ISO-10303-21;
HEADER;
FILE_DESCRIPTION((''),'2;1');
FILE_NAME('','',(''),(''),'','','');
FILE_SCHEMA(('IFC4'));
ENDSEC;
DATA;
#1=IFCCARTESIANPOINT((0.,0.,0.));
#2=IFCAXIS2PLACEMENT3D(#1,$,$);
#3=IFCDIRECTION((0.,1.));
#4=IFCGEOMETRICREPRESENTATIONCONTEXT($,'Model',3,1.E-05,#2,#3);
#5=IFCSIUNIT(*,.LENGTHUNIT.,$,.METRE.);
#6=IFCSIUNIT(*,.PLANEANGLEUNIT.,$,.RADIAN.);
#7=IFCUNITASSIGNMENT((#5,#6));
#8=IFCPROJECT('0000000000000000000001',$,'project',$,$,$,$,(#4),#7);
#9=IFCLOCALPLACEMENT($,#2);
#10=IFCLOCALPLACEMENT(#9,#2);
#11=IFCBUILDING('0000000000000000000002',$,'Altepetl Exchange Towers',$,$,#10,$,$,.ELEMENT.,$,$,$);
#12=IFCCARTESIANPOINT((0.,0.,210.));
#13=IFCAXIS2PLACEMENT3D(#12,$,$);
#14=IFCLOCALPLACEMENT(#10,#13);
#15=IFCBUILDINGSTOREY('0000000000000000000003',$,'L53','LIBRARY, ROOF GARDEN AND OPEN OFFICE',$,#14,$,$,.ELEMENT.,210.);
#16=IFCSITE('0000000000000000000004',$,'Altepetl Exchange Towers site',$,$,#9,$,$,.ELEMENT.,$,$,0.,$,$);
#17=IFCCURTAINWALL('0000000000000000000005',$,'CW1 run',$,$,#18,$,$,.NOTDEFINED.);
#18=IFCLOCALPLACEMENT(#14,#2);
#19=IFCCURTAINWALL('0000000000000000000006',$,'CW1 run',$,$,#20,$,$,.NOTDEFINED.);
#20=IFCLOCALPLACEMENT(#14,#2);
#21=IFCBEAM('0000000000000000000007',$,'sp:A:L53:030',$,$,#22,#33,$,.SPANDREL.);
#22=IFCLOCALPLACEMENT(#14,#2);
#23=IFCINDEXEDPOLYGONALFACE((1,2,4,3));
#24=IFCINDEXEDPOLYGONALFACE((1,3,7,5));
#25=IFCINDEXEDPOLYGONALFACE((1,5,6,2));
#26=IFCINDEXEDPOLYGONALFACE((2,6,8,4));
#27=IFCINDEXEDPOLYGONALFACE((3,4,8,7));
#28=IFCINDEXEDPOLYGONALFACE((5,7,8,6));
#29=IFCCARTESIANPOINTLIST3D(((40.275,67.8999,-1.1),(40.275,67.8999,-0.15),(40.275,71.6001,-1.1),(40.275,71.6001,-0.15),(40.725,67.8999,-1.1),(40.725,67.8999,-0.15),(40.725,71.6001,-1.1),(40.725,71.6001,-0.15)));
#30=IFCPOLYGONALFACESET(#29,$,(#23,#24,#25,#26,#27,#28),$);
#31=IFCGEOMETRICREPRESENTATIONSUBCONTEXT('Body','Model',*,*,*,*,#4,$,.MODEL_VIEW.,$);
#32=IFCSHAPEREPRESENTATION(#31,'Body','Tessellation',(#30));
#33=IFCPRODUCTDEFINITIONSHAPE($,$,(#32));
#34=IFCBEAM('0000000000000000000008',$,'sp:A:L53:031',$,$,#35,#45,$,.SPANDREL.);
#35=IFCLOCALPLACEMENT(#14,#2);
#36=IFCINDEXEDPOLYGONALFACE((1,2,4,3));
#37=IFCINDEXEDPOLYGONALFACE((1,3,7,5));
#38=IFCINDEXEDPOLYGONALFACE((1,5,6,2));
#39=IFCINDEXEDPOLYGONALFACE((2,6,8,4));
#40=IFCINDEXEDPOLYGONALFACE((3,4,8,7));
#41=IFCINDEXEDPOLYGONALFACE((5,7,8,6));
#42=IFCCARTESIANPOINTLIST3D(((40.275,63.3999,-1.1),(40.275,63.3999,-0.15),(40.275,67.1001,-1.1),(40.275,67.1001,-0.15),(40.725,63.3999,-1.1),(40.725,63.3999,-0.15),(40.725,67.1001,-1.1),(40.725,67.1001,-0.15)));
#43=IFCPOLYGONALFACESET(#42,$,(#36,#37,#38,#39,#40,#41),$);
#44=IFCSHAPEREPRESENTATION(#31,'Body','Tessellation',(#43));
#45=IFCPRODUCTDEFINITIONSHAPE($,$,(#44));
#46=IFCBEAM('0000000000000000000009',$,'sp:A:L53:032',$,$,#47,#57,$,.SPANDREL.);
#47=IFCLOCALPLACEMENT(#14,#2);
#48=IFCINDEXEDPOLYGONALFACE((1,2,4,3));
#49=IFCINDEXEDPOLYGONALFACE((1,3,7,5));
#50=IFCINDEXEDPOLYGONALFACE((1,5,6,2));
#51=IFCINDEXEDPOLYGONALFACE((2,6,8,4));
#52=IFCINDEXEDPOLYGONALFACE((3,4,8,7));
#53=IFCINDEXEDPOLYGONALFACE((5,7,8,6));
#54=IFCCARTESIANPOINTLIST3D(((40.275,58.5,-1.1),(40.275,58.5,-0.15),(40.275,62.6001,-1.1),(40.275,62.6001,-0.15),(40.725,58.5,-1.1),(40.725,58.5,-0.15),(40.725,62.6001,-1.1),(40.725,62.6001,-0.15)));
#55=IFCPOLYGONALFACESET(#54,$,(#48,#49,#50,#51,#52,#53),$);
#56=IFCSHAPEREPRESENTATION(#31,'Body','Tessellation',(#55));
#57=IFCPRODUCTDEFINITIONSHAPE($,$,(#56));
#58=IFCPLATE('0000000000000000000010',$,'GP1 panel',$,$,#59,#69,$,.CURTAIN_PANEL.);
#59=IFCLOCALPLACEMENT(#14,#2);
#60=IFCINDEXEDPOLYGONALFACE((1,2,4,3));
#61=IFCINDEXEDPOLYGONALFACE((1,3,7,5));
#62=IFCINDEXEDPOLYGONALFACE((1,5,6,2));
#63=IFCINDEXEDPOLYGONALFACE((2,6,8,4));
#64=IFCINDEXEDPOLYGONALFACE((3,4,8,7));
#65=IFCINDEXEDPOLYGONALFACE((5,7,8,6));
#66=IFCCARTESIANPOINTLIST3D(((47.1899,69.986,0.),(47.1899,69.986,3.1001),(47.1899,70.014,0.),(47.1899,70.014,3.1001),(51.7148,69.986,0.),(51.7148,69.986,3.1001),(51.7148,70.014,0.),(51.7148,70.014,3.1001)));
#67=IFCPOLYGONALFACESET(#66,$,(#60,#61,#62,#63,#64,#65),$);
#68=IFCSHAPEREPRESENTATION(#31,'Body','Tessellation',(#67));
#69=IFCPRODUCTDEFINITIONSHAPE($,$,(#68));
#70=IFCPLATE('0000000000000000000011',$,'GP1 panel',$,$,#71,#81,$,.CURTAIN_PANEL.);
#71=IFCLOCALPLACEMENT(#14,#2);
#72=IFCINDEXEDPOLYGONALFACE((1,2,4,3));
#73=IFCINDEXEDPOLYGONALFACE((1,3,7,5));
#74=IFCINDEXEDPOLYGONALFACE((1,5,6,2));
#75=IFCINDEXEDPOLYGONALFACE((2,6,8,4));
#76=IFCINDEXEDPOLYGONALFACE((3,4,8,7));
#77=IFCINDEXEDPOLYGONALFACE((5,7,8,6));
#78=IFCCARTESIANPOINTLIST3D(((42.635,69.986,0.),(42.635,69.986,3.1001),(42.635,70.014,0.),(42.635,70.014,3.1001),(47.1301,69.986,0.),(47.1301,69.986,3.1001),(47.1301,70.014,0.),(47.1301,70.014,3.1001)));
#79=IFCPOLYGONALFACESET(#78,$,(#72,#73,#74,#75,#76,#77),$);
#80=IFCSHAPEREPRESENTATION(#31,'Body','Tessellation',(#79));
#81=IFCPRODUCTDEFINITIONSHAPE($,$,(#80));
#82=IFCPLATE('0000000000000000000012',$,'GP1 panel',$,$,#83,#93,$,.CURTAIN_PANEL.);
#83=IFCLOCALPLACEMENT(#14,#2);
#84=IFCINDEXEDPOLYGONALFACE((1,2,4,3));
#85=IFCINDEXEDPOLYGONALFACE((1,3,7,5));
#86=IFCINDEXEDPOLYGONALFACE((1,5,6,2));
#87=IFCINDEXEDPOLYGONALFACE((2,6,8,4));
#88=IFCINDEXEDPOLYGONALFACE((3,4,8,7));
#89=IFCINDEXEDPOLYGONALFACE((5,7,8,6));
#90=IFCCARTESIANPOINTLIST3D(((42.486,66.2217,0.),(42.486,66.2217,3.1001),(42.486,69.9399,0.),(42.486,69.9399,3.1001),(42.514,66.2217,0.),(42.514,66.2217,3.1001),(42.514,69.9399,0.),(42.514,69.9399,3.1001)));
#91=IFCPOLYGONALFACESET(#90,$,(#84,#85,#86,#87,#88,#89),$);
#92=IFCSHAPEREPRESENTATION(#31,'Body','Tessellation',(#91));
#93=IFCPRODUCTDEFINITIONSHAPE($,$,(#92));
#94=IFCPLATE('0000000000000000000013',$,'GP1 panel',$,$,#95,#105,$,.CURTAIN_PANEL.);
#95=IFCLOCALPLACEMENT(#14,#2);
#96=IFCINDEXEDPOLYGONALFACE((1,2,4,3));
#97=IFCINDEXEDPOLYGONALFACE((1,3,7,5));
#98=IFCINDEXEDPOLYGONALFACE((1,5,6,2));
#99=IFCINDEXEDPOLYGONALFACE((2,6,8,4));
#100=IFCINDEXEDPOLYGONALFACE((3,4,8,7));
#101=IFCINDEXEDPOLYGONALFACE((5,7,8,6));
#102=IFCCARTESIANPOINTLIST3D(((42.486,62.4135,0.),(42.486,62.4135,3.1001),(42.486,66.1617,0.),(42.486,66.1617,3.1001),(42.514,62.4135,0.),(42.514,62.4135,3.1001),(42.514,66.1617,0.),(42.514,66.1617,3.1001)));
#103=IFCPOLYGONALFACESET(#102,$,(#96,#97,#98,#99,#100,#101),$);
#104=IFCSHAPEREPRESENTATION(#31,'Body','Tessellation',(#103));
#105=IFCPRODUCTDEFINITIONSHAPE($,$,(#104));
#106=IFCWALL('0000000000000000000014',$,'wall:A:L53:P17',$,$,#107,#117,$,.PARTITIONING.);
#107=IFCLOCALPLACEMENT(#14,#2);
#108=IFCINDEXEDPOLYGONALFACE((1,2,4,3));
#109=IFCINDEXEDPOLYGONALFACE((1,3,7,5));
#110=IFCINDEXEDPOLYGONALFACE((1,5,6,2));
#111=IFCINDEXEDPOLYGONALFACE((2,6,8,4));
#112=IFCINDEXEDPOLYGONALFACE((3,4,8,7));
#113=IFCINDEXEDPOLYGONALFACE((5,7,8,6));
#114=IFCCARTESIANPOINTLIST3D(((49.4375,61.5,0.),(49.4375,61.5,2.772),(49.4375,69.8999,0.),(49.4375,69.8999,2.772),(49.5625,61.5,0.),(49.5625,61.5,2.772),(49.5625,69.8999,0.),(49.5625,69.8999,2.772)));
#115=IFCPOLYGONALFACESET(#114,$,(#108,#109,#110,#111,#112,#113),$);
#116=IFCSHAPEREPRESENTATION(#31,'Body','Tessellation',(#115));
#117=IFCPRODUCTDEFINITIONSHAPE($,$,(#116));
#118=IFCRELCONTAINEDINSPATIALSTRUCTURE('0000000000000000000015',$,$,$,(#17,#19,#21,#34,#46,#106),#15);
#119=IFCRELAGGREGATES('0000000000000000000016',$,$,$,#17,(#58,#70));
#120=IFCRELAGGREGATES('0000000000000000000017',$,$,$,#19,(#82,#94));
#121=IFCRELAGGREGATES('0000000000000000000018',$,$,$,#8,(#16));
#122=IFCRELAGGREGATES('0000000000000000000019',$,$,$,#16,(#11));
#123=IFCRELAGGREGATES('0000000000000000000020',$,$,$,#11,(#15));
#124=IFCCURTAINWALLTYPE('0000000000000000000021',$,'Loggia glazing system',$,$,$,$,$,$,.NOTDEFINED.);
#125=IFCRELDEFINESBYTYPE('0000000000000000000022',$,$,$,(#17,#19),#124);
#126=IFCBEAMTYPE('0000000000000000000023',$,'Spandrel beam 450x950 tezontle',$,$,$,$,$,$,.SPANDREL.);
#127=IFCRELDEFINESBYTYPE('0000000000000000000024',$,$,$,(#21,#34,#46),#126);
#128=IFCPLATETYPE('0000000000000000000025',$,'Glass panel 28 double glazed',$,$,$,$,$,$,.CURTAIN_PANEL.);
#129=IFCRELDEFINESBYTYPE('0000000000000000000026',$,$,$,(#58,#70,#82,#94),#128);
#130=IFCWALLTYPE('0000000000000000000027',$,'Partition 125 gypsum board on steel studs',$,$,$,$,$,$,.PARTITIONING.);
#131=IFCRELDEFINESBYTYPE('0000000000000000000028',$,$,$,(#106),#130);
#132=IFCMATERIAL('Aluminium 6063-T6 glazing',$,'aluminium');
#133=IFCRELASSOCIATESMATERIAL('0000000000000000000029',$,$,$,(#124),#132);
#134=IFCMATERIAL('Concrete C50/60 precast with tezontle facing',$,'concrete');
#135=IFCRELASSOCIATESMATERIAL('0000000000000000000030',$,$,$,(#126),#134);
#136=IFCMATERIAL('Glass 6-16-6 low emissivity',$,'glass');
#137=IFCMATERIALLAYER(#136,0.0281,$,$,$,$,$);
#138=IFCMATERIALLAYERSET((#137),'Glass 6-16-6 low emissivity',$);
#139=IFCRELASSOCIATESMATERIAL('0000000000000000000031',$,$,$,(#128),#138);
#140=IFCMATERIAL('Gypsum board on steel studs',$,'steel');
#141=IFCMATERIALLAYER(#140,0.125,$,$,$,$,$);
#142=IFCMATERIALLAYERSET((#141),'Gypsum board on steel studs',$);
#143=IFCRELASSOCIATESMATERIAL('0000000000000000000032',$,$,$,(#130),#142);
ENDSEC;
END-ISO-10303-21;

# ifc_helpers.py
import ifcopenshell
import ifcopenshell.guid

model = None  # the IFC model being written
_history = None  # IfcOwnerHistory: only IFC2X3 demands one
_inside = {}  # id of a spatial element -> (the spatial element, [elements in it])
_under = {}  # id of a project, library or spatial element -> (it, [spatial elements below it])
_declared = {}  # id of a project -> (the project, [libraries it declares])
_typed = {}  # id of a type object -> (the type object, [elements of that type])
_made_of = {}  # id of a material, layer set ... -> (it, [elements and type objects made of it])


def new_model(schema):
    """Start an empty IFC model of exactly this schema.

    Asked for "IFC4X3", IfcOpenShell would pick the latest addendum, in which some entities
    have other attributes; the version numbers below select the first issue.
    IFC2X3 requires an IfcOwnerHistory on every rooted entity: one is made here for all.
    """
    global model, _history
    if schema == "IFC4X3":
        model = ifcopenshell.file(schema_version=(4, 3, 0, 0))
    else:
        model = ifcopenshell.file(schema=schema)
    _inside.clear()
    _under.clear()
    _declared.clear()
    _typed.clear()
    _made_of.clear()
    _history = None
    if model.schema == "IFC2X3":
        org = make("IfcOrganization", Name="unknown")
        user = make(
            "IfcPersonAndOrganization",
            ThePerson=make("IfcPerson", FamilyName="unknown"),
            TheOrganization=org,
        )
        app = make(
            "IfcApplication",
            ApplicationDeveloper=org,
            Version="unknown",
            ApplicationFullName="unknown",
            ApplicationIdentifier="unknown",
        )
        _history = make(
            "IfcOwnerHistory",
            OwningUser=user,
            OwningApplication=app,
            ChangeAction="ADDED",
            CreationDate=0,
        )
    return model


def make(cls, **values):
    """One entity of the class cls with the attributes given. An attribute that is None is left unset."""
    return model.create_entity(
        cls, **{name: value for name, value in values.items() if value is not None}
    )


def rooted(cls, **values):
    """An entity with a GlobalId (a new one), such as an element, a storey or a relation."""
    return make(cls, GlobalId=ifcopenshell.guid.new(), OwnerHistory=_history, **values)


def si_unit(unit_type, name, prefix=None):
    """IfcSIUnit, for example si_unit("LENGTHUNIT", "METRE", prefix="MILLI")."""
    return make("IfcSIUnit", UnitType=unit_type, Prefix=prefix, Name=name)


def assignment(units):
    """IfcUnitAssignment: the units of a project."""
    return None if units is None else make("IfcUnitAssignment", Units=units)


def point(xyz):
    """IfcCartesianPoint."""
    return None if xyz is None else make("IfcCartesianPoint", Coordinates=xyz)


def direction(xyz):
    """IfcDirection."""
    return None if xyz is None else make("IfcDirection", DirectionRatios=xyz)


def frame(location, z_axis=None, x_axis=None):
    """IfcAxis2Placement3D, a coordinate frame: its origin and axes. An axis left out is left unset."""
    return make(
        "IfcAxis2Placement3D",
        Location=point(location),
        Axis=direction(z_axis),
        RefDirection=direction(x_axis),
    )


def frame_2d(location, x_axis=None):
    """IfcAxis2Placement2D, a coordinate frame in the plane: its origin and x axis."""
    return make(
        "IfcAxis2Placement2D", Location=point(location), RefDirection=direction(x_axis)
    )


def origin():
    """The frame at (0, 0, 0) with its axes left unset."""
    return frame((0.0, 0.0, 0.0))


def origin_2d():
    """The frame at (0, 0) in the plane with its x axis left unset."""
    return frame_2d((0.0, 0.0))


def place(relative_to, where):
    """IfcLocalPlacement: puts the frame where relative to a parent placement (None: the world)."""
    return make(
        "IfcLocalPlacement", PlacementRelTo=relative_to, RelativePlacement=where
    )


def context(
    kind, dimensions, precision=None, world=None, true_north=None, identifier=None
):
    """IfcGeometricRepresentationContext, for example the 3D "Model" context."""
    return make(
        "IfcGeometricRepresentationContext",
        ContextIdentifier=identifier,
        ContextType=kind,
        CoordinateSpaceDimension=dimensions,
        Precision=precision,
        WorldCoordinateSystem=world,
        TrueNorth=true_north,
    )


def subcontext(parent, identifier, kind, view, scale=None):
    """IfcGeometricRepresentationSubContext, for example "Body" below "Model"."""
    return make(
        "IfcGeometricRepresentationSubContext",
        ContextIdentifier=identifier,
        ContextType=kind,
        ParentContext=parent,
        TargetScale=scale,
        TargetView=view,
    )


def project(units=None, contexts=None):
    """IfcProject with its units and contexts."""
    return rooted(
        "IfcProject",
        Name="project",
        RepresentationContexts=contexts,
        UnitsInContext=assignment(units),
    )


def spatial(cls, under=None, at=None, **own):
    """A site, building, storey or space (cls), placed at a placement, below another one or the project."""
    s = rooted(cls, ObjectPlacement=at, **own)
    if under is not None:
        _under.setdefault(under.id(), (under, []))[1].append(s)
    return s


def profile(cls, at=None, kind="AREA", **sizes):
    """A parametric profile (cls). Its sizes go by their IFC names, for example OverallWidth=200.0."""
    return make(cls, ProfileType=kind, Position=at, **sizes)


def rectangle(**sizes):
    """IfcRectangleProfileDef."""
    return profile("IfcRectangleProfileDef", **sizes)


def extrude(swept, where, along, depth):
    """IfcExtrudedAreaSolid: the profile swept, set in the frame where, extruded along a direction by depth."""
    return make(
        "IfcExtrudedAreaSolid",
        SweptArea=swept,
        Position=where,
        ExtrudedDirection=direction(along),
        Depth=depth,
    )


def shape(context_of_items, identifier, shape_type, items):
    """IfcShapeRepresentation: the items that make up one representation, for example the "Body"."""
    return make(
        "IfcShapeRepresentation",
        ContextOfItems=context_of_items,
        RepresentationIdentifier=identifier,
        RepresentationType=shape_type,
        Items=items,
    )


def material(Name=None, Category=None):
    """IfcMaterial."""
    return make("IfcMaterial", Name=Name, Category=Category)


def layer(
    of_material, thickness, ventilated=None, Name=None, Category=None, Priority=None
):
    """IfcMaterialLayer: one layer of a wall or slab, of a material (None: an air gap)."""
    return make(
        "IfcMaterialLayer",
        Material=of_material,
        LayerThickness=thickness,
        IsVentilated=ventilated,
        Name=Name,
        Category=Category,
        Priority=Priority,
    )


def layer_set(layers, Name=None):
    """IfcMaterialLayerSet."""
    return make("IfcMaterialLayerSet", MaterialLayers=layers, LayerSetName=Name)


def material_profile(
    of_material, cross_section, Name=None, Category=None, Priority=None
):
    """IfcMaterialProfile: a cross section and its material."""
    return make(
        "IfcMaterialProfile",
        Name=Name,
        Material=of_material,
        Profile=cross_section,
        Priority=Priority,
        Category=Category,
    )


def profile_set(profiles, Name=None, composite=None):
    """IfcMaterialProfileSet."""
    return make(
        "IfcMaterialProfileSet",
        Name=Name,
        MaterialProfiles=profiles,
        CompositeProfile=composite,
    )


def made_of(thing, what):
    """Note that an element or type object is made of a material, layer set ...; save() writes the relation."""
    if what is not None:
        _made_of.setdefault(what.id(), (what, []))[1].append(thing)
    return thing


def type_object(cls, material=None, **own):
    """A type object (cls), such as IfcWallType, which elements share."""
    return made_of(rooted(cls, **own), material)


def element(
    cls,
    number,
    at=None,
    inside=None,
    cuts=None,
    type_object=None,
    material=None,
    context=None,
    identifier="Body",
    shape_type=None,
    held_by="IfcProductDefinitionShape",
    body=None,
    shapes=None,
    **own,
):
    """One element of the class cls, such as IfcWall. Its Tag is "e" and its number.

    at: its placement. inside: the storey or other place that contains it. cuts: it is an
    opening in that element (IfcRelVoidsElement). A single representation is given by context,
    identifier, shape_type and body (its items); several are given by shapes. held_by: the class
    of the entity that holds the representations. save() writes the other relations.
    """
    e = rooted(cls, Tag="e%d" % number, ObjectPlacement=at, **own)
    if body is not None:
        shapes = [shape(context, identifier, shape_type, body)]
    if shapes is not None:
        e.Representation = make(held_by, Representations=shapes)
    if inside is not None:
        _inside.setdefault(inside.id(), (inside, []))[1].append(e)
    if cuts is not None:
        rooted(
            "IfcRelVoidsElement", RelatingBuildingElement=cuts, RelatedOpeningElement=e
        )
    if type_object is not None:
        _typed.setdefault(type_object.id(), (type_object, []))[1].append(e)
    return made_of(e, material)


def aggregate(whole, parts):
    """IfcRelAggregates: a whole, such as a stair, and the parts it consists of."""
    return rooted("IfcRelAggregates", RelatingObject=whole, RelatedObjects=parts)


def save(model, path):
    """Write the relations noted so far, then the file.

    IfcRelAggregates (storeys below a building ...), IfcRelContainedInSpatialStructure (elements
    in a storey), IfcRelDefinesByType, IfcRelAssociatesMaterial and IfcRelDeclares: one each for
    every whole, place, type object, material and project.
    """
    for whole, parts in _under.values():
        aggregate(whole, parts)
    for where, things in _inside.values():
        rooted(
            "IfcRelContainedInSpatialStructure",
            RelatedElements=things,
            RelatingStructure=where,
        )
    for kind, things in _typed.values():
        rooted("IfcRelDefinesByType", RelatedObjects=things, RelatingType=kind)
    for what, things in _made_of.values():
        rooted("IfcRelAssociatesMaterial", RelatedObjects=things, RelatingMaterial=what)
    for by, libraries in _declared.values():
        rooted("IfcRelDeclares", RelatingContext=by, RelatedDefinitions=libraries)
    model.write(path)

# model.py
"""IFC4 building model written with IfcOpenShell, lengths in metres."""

from ifc_helpers import new_model, si_unit, direction, frame, frame_2d, origin, origin_2d, place, context, subcontext, project, spatial, rectangle, extrude, material, layer, layer_set, material_profile, profile_set, type_object, element, aggregate, save


model = new_model("IFC4")

# Units and contexts
model_context = context("Model", 3, precision=1e-05, world=origin(), true_north=direction((0.0, 1.0)))
body_context = subcontext(model_context, "Body", "Model", "MODEL_VIEW")
ifc_project = project(units=[si_unit("LENGTHUNIT", "METRE"), si_unit("PLANEANGLEUNIT", "RADIAN")], contexts=[model_context])

# Site, building, storey
site_placement = place(None, origin())
site = spatial("IfcSite", under=ifc_project, at=site_placement, Name="Altepetl Exchange Towers site", CompositionType="ELEMENT", RefElevation=0.0)
building_placement = place(site_placement, origin())
building = spatial("IfcBuilding", under=site, at=building_placement, Name="Altepetl Exchange Towers", CompositionType="ELEMENT")
storey_placement = place(building_placement, frame((0.0, 0.0, 210.0)))
storey = spatial("IfcBuildingStorey", under=building, at=storey_placement, Name="L53", Description="LIBRARY, ROOF GARDEN AND OPEN OFFICE", CompositionType="ELEMENT", Elevation=210.0)

# Curtain walls
ifc_material_1 = material(Name="Aluminium 6063-T6 glazing", Category="aluminium")
curtain_wall_type = type_object("IfcCurtainWallType", Name="Loggia glazing system", PredefinedType="NOTDEFINED", material=ifc_material_1)
curtain_wall_1_placement = place(storey_placement, origin())
curtain_wall_1 = element("IfcCurtainWall", 1, at=curtain_wall_1_placement, inside=storey, type_object=curtain_wall_type, Name="CW1 run", PredefinedType="NOTDEFINED")
curtain_wall_2_placement = place(storey_placement, origin())
curtain_wall_2 = element("IfcCurtainWall", 2, at=curtain_wall_2_placement, inside=storey, type_object=curtain_wall_type, Name="CW1 run", PredefinedType="NOTDEFINED")

# Beams
ifc_material_2 = material(Name="Concrete C50/60 precast with tezontle facing", Category="concrete")
ifc_material_profile_1 = material_profile(ifc_material_2, rectangle(XDim=0.45, YDim=0.95, at=origin_2d()), Name="450 x 950")
ifc_profile_set_1 = profile_set([ifc_material_profile_1], Name="Concrete C50/60 precast with tezontle facing")
beam_type_1 = type_object("IfcBeamType", Name="Spandrel beam 450x950 tezontle", PredefinedType="SPANDREL", material=ifc_profile_set_1)
for number, where, z_axis, x_axis, name in (
    (3, (40.5, 71.6001, -0.625), (0.0, -1.0, 0.0), (1.0, 0.0, 0.0), "sp:A:L53:030"),
    (4, (40.5, 67.1001, -0.625), (0.0, -1.0, 0.0), (1.0, 0.0, 0.0), "sp:A:L53:031"),
):
    element("IfcBeam", number, at=place(storey_placement, frame(where, z_axis=z_axis, x_axis=x_axis)), inside=storey, type_object=beam_type_1, Name=name, PredefinedType="SPANDREL", context=body_context, shape_type="SweptSolid", body=[
        extrude(rectangle(XDim=0.45, YDim=0.95, at=origin_2d()), origin(), (0.0, 0.0, 1.0), 3.7002),
    ])
beam_placement = place(storey_placement, frame((40.5, 62.6001, -0.625), z_axis=(0.0, -1.0, 0.0), x_axis=(1.0, 0.0, 0.0)))
element("IfcBeam", 5, at=beam_placement, inside=storey, type_object=beam_type_1, Name="sp:A:L53:032", PredefinedType="SPANDREL", context=body_context, shape_type="SweptSolid", body=[
    extrude(rectangle(XDim=0.45, YDim=0.95, at=origin_2d()), origin(), (0.0, 0.0, 1.0), 4.1001),
])

# Plates
ifc_material_3 = material(Name="Glass 6-16-6 low emissivity", Category="glass")
ifc_layer_1 = layer(ifc_material_3, 0.0281)
ifc_layer_set_1 = layer_set([ifc_layer_1], Name="Glass 6-16-6 low emissivity")
plate_type = type_object("IfcPlateType", Name="Glass panel 28 double glazed", PredefinedType="CURTAIN_PANEL", material=ifc_layer_set_1)
plate_1_placement = place(storey_placement, frame((49.4524, 70.0, 0.0), z_axis=(0.0, 0.0, 1.0), x_axis=(-1.0, 0.0, 0.0)))
plate_1 = element("IfcPlate", 6, at=plate_1_placement, type_object=plate_type, Name="GP1 panel", PredefinedType="CURTAIN_PANEL", context=body_context, shape_type="SweptSolid", body=[
    extrude(rectangle(XDim=4.5249, YDim=0.0281, at=origin_2d()), origin(), (0.0, 0.0, 1.0), 3.1001),
])
plate_2_placement = place(storey_placement, frame((44.8826, 70.0, 0.0), z_axis=(0.0, 0.0, 1.0), x_axis=(-1.0, 0.0, 0.0)))
plate_2 = element("IfcPlate", 7, at=plate_2_placement, type_object=plate_type, Name="GP1 panel", PredefinedType="CURTAIN_PANEL", context=body_context, shape_type="SweptSolid", body=[
    extrude(rectangle(XDim=4.4951, YDim=0.0281, at=origin_2d()), origin(), (0.0, 0.0, 1.0), 3.1001),
])
aggregate(curtain_wall_1, [plate_1, plate_2])
plate_3_placement = place(storey_placement, frame((42.5, 68.0808, 0.0), z_axis=(0.0, 0.0, 1.0), x_axis=(0.0, -1.0, 0.0)))
plate_3 = element("IfcPlate", 8, at=plate_3_placement, type_object=plate_type, Name="GP1 panel", PredefinedType="CURTAIN_PANEL", context=body_context, shape_type="SweptSolid", body=[
    extrude(rectangle(XDim=3.7183, YDim=0.0281, at=origin_2d()), origin(), (0.0, 0.0, 1.0), 3.1001),
])
plate_4_placement = place(storey_placement, frame((42.5, 64.2876, 0.0), z_axis=(0.0, 0.0, 1.0), x_axis=(0.0, -1.0, 0.0)))
plate_4 = element("IfcPlate", 9, at=plate_4_placement, type_object=plate_type, Name="GP1 panel", PredefinedType="CURTAIN_PANEL", context=body_context, shape_type="SweptSolid", body=[
    extrude(rectangle(XDim=3.7483, YDim=0.0281, at=origin_2d()), origin(), (0.0, 0.0, 1.0), 3.1001),
])
aggregate(curtain_wall_2, [plate_3, plate_4])

# Wall
ifc_material_4 = material(Name="Gypsum board on steel studs", Category="steel")
ifc_layer_2 = layer(ifc_material_4, 0.125)
ifc_layer_set_2 = layer_set([ifc_layer_2], Name="Gypsum board on steel studs")
wall_type = type_object("IfcWallType", Name="Partition 125 gypsum board on steel studs", PredefinedType="PARTITIONING", material=ifc_layer_set_2)
wall_placement = place(storey_placement, frame((49.5, 61.5, 0.0), z_axis=(0.0, 0.0, 1.0), x_axis=(0.0, 1.0, 0.0)))
element("IfcWall", 10, at=wall_placement, inside=storey, type_object=wall_type, Name="wall:A:L53:P17", PredefinedType="PARTITIONING", context=body_context, shape_type="SweptSolid", body=[
    extrude(rectangle(XDim=8.3999, YDim=0.125, at=frame_2d((4.2, 0.0))), origin(), (0.0, 0.0, 1.0), 2.772),
])

save(model, "model.ifc")
